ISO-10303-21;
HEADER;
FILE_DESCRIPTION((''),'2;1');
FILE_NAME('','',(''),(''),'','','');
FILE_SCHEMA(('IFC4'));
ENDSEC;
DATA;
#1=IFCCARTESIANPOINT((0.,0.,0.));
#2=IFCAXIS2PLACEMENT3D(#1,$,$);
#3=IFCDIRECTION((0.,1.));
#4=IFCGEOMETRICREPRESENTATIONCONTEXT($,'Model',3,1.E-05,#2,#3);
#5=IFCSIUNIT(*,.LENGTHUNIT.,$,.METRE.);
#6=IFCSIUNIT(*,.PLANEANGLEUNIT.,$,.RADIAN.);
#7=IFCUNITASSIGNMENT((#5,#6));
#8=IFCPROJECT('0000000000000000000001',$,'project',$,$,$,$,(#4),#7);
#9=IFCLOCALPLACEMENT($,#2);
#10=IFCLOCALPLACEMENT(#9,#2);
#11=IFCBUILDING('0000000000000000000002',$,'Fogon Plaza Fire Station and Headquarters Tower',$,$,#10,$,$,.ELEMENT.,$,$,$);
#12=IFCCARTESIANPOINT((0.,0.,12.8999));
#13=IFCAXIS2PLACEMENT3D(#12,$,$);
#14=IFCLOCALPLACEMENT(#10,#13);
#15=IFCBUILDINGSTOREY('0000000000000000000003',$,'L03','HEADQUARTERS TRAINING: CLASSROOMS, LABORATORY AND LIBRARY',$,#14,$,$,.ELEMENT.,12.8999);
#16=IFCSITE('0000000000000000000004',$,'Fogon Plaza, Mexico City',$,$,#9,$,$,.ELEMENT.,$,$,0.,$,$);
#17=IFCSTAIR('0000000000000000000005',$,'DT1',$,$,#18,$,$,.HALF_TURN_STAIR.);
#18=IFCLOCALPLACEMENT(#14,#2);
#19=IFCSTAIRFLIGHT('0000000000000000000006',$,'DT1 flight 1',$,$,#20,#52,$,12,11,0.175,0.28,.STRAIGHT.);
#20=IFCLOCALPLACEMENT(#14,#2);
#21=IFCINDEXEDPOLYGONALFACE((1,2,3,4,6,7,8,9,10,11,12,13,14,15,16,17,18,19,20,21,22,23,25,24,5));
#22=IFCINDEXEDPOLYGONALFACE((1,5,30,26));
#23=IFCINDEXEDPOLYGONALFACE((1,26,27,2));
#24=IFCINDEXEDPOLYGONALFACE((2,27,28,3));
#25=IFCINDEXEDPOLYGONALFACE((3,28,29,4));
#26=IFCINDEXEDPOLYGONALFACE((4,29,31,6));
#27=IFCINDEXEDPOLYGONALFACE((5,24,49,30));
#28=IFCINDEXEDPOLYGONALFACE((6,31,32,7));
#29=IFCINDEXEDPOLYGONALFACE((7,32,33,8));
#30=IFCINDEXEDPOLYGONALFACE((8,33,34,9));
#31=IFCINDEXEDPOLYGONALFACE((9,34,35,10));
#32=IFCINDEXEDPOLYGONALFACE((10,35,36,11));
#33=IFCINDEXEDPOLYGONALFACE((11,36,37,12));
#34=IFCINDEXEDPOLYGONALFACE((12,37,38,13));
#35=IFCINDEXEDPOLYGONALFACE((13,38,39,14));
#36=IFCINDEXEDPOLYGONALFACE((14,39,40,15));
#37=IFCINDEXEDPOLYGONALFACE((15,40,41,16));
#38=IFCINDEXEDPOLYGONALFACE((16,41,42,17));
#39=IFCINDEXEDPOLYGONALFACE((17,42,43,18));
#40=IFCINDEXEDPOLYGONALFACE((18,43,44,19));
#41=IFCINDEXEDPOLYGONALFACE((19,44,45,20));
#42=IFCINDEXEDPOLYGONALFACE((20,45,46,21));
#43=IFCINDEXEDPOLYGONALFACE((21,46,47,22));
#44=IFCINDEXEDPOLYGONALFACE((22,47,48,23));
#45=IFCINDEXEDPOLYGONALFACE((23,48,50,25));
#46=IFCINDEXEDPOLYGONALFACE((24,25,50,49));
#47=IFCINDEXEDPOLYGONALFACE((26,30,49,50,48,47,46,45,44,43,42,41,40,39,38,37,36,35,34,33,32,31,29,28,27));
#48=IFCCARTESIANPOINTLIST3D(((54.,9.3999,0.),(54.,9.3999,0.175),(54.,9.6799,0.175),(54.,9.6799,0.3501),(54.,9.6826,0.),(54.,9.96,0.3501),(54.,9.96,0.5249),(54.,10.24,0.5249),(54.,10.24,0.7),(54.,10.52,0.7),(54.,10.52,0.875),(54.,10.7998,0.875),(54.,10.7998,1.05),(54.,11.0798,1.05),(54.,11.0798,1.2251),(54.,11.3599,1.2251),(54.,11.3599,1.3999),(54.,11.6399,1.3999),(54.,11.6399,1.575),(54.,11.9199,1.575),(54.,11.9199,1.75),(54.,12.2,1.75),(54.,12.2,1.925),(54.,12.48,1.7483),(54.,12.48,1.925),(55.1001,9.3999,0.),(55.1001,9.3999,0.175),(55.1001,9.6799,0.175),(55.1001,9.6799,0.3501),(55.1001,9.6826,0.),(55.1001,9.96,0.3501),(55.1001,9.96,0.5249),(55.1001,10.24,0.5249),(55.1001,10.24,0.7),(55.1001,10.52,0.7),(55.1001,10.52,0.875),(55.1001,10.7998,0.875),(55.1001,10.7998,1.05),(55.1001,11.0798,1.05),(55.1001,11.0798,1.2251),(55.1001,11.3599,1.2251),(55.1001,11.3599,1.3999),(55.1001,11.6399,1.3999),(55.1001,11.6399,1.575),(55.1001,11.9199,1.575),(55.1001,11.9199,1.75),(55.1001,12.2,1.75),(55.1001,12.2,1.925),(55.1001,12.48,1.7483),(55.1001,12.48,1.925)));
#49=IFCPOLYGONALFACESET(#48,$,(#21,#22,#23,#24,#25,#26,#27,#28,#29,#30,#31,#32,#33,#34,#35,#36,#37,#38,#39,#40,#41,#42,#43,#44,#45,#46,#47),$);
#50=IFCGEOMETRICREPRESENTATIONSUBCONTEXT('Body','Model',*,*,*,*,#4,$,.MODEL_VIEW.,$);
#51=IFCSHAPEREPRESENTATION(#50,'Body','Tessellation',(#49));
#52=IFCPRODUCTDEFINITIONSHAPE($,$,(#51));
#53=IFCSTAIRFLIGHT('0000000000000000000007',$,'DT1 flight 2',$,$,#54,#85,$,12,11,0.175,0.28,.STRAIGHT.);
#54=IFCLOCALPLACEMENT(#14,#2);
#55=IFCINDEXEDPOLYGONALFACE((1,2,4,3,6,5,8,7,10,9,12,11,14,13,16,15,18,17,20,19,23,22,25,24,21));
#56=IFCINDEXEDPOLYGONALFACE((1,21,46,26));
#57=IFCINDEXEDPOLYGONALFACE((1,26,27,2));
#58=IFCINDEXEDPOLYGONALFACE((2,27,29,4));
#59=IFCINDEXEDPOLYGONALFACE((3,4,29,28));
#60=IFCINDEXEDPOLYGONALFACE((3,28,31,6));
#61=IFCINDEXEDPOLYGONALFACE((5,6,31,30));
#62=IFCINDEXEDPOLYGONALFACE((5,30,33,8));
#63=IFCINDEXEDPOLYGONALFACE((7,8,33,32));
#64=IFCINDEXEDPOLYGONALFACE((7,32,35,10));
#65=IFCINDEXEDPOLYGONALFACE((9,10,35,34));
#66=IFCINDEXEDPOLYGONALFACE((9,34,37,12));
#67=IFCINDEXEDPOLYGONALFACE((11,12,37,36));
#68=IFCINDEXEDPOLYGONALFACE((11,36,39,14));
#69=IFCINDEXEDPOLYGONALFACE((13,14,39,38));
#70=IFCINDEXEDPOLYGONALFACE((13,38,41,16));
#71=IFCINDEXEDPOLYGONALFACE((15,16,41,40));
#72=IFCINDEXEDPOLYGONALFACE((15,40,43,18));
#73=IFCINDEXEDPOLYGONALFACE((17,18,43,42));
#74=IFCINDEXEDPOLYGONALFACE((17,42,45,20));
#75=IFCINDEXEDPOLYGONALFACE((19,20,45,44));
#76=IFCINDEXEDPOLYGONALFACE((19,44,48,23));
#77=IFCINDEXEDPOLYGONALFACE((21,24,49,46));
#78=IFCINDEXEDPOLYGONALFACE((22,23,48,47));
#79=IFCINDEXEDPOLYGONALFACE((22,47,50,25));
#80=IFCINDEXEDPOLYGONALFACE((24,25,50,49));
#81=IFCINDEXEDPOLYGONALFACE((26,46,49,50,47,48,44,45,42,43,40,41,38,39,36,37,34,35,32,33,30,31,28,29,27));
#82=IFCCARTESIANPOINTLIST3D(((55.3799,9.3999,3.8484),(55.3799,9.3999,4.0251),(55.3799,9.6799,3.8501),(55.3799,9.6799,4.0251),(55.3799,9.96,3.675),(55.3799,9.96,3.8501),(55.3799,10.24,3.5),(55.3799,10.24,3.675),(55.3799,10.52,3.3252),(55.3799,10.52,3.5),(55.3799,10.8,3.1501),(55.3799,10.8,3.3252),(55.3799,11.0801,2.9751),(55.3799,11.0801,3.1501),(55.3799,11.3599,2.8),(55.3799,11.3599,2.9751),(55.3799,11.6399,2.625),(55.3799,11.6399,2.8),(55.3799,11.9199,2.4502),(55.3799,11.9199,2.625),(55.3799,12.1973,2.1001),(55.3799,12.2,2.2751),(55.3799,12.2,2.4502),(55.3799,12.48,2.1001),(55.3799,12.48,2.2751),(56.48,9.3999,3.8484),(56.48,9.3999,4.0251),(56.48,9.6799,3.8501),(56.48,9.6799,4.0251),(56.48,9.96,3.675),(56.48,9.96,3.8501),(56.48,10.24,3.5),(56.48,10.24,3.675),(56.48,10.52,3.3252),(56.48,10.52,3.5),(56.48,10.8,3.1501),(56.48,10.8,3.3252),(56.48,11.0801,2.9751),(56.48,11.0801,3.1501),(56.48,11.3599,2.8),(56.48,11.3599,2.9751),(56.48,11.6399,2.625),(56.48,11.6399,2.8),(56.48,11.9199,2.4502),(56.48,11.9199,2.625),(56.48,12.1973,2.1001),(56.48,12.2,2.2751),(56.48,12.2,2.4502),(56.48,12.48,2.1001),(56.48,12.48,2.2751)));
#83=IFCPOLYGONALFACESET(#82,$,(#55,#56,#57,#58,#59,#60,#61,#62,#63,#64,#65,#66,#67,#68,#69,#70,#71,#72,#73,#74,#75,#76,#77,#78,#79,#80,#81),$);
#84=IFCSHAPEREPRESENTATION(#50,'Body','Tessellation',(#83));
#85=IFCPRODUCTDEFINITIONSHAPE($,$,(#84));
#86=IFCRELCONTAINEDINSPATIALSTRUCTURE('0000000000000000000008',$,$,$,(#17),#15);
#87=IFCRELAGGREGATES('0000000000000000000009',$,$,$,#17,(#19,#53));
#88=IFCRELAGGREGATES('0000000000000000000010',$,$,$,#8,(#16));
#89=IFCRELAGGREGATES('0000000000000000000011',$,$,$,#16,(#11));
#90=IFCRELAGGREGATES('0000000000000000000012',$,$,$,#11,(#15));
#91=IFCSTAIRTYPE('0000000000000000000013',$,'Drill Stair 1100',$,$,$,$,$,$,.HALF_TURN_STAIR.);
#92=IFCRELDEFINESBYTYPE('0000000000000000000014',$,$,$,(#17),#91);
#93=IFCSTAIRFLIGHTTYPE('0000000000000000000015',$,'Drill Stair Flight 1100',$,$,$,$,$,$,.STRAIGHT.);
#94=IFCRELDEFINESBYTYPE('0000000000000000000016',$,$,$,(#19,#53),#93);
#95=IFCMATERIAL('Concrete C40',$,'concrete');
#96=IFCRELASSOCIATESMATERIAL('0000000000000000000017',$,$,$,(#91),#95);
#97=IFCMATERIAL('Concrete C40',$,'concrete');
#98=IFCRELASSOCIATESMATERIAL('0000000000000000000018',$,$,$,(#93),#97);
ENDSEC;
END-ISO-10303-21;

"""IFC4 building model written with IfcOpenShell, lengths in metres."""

from ifc_helpers import new_model, si_unit, direction, frame, origin, place, context, subcontext, project, spatial, polyline, outline, extrude, material, type_object, element, aggregate, save


model = new_model("IFC4")

# Units and contexts
model_context = context("Model", 3, precision=1e-05, world=origin(), true_north=direction((0.0, 1.0)))
body_context = subcontext(model_context, "Body", "Model", "MODEL_VIEW")
ifc_project = project(units=[si_unit("LENGTHUNIT", "METRE"), si_unit("PLANEANGLEUNIT", "RADIAN")], contexts=[model_context])

# Site, building, storey
site_placement = place(None, origin())
site = spatial("IfcSite", under=ifc_project, at=site_placement, Name="Fogon Plaza, Mexico City", CompositionType="ELEMENT", RefElevation=0.0)
building_placement = place(site_placement, origin())
building = spatial("IfcBuilding", under=site, at=building_placement, Name="Fogon Plaza Fire Station and Headquarters Tower", CompositionType="ELEMENT")
storey_placement = place(building_placement, frame((0.0, 0.0, 12.8999)))
storey = spatial("IfcBuildingStorey", under=building, at=storey_placement, Name="L03", Description="HEADQUARTERS TRAINING: CLASSROOMS, LABORATORY AND LIBRARY", CompositionType="ELEMENT", Elevation=12.8999)

# Stair, stair flights
ifc_material_1 = material(Name="Concrete C40", Category="concrete")
stair_type = type_object("IfcStairType", Name="Drill Stair 1100", PredefinedType="HALF_TURN_STAIR", material=ifc_material_1)
stair_placement = place(storey_placement, origin())
stair = element("IfcStair", 1, at=stair_placement, inside=storey, type_object=stair_type, Name="DT1", PredefinedType="HALF_TURN_STAIR")
ifc_material_2 = material(Name="Concrete C40", Category="concrete")
stair_flight_type = type_object("IfcStairFlightType", Name="Drill Stair Flight 1100", PredefinedType="STRAIGHT", material=ifc_material_2)
stair_flight_1_placement = place(storey_placement, frame((54.55, 9.3999, 0.0), z_axis=(0.0, 0.0, 1.0), x_axis=(0.0, 1.0, 0.0)))
stair_flight_1 = element("IfcStairFlight", 2, at=stair_flight_1_placement, type_object=stair_flight_type, Name="DT1 flight 1", NumberOfRisers=12, NumberOfTreads=11, PredefinedType="STRAIGHT", RiserHeight=0.175, TreadLength=0.28, context=body_context, shape_type="SweptSolid", body=[
    extrude(outline(polyline([(0.0, 0.0), (0.0, 0.175), (0.28, 0.175), (0.28, 0.3501), (0.5601, 0.3501), (0.5601, 0.5249), (0.8401, 0.5249), (0.8401, 0.7), (1.1201, 0.7), (1.1201, 0.875), (1.3999, 0.875), (1.3999, 1.05), (1.6799, 1.05), (1.6799, 1.2251), (1.96, 1.2251), (1.96, 1.3999), (2.24, 1.3999), (2.24, 1.575), (2.52, 1.575), (2.52, 1.75), (2.8, 1.75), (2.8, 1.925), (3.0801, 1.925), (3.0801, 2.1001), (3.0801, 1.7483), (0.2827, 0.0), (0.0, 0.0)])), frame((0.0, 0.55, 0.0), z_axis=(0.0, -1.0, 0.0), x_axis=(1.0, 0.0, 0.0)), (0.0, 0.0, 1.0), 1.1001),
])
stair_flight_2_placement = place(storey_placement, frame((55.9299, 12.48, 2.1001), z_axis=(0.0, 0.0, 1.0), x_axis=(0.0, -1.0, 0.0)))
stair_flight_2 = element("IfcStairFlight", 3, at=stair_flight_2_placement, type_object=stair_flight_type, Name="DT1 flight 2", NumberOfRisers=12, NumberOfTreads=11, PredefinedType="STRAIGHT", RiserHeight=0.175, TreadLength=0.28, context=body_context, shape_type="SweptSolid", body=[
    extrude(outline(polyline([(0.0, 0.0), (0.0, 0.175), (0.28, 0.175), (0.28, 0.3501), (0.5601, 0.3501), (0.5601, 0.5249), (0.8401, 0.5249), (0.8401, 0.7), (1.1201, 0.7), (1.1201, 0.875), (1.3999, 0.875), (1.3999, 1.05), (1.6799, 1.05), (1.6799, 1.2251), (1.96, 1.2251), (1.96, 1.3999), (2.24, 1.3999), (2.24, 1.575), (2.52, 1.575), (2.52, 1.75), (2.8, 1.75), (2.8, 1.925), (3.0801, 1.925), (3.0801, 2.1001), (3.0801, 1.7483), (0.2827, 0.0), (0.0, 0.0)])), frame((0.0, 0.55, 0.0), z_axis=(0.0, -1.0, 0.0), x_axis=(1.0, 0.0, 0.0)), (0.0, 0.0, 1.0), 1.1001),
])
aggregate(stair, [stair_flight_1, stair_flight_2])

save(model, "model.ifc")
